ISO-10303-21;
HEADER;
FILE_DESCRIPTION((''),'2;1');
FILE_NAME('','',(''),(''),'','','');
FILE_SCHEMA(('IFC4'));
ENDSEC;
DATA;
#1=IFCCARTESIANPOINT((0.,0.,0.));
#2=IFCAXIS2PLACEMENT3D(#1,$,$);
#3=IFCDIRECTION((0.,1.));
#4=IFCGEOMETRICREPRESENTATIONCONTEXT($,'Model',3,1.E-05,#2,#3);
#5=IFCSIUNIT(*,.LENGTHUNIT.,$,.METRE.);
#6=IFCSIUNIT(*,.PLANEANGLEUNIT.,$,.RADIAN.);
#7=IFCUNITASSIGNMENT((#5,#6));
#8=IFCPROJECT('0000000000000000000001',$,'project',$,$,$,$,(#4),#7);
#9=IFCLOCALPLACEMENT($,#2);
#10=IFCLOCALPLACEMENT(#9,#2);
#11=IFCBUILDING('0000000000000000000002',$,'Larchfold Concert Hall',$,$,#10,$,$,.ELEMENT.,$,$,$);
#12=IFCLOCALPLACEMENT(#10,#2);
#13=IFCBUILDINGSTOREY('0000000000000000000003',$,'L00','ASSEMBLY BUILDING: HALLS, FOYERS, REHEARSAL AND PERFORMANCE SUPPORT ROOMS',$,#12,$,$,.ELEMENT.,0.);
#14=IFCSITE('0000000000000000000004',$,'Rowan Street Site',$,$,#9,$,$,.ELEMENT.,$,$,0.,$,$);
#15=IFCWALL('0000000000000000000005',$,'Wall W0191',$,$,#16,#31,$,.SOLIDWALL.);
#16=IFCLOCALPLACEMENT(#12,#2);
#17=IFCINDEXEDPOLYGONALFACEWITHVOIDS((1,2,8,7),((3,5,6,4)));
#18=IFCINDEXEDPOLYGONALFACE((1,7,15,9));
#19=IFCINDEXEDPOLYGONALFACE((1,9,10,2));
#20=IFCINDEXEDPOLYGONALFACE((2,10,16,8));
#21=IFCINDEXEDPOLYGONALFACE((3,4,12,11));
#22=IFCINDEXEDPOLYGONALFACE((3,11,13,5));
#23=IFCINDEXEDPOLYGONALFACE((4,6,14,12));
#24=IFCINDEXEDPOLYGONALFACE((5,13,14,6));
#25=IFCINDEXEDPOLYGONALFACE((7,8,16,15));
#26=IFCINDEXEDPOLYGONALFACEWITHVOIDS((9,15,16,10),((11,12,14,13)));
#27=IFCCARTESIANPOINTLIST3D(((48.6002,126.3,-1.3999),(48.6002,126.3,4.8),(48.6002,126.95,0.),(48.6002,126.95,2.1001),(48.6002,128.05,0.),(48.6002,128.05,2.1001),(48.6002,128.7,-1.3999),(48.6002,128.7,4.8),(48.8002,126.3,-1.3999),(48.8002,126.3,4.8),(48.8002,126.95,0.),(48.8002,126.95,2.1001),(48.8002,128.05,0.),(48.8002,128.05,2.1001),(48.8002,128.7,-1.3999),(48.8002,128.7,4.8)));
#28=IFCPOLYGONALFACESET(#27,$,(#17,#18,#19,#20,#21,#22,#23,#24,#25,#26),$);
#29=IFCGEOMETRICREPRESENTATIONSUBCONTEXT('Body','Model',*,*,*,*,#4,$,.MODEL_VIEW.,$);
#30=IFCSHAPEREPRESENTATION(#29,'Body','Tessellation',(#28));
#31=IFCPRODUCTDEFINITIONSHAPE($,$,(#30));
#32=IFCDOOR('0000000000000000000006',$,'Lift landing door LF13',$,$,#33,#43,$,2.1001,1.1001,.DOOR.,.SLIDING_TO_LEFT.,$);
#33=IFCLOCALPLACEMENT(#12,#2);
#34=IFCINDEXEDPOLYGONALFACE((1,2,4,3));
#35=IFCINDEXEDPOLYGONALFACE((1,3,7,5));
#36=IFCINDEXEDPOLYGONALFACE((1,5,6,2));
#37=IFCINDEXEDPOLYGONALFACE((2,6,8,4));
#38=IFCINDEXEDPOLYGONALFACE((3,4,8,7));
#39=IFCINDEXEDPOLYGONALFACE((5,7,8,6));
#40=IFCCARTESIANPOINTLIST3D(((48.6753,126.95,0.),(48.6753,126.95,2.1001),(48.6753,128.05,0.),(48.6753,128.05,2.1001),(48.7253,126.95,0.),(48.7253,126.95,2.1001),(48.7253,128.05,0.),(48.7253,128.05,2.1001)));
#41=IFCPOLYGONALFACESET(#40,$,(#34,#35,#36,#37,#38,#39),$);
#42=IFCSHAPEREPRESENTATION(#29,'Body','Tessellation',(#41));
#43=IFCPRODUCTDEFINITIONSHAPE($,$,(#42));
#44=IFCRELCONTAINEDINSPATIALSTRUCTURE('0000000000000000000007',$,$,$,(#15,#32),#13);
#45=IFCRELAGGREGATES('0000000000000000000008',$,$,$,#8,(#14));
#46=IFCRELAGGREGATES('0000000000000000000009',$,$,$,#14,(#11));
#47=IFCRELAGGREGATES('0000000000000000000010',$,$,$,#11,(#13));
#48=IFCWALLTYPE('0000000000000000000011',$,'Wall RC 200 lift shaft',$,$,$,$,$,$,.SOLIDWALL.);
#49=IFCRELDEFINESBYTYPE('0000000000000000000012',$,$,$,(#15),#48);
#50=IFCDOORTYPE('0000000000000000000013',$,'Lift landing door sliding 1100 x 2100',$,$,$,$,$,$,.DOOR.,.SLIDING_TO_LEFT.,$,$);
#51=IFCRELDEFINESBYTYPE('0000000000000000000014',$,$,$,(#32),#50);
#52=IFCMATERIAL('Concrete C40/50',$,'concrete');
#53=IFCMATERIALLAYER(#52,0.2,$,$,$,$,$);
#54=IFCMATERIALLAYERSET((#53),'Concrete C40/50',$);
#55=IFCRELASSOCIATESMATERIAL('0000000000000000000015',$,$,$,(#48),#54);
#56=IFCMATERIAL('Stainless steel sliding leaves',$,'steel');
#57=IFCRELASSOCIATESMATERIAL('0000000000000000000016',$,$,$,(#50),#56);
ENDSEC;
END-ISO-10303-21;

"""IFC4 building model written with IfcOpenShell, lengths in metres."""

from ifc_helpers import new_model, si_unit, direction, frame, frame_2d, origin, place, context, subcontext, project, spatial, rectangle, extrude, material, layer, layer_set, type_object, element, fill, save


model = new_model("IFC4")

# Units and contexts
model_context = context("Model", 3, precision=1e-05, world=origin(), true_north=direction((0.0, 1.0)))
body_context = subcontext(model_context, "Body", "Model", "MODEL_VIEW")
ifc_project = project(units=[si_unit("LENGTHUNIT", "METRE"), si_unit("PLANEANGLEUNIT", "RADIAN")], contexts=[model_context])

# Site, building, storey
site_placement = place(None, origin())
site = spatial("IfcSite", under=ifc_project, at=site_placement, Name="Rowan Street Site", CompositionType="ELEMENT", RefElevation=0.0)
building_placement = place(site_placement, origin())
building = spatial("IfcBuilding", under=site, at=building_placement, Name="Larchfold Concert Hall", CompositionType="ELEMENT")
storey_placement = place(building_placement, origin())
storey = spatial("IfcBuildingStorey", under=building, at=storey_placement, Name="L00", Description="ASSEMBLY BUILDING: HALLS, FOYERS, REHEARSAL AND PERFORMANCE SUPPORT ROOMS", CompositionType="ELEMENT", Elevation=0.0)

# Shared definitions
ifc_material_1 = material(Name="Concrete C40/50", Category="concrete")
ifc_layer_1 = layer(ifc_material_1, 0.2)
ifc_layer_set_1 = layer_set([ifc_layer_1], Name="Concrete C40/50")
wall_type = type_object("IfcWallType", Name="Wall RC 200 lift shaft", PredefinedType="SOLIDWALL", material=ifc_layer_set_1)

# Wall, opening, door
wall_placement = place(storey_placement, frame((48.7002, 126.3, -1.3999), z_axis=(0.0, 0.0, 1.0), x_axis=(0.0, 1.0, 0.0)))
wall = element("IfcWall", 1, at=wall_placement, inside=storey, type_object=wall_type, Name="Wall W0191", PredefinedType="SOLIDWALL", context=body_context, shape_type="SweptSolid", body=[
    extrude(rectangle(XDim=2.3999, YDim=0.2, at=frame_2d((1.2, 0.0))), origin(), (0.0, 0.0, 1.0), 6.2),
])
opening_placement = place(wall_placement, frame((0.6499, 0.0, 1.3999)))
opening = element("IfcOpeningElement", 2, at=opening_placement, cuts=wall, PredefinedType="OPENING", context=body_context, shape_type="SweptSolid", body=[
    extrude(rectangle(XDim=1.1001, YDim=2.1001, at=frame_2d((0.55, 1.05))), frame((0.0, 0.1099, 0.0), z_axis=(0.0, -1.0, 0.0), x_axis=(1.0, 0.0, 0.0)), (0.0, 0.0, 1.0), 0.22),
])
ifc_material_2 = material(Name="Stainless steel sliding leaves", Category="steel")
door_type = type_object("IfcDoorType", Name="Lift landing door sliding 1100 x 2100", OperationType="SLIDING_TO_LEFT", PredefinedType="DOOR", material=ifc_material_2)
door_placement = place(opening_placement, origin())
door = element("IfcDoor", 3, at=door_placement, inside=storey, type_object=door_type, Name="Lift landing door LF13", OperationType="SLIDING_TO_LEFT", OverallHeight=2.1001, OverallWidth=1.1001, PredefinedType="DOOR", context=body_context, shape_type="SweptSolid", body=[
    extrude(rectangle(XDim=1.1001, YDim=2.1001, at=frame_2d((0.55, 1.05))), frame((0.0, 0.0249, 0.0), z_axis=(0.0, -1.0, 0.0), x_axis=(1.0, 0.0, 0.0)), (0.0, 0.0, 1.0), 0.05),
])
fill(opening, door)

save(model, "model.ifc")
